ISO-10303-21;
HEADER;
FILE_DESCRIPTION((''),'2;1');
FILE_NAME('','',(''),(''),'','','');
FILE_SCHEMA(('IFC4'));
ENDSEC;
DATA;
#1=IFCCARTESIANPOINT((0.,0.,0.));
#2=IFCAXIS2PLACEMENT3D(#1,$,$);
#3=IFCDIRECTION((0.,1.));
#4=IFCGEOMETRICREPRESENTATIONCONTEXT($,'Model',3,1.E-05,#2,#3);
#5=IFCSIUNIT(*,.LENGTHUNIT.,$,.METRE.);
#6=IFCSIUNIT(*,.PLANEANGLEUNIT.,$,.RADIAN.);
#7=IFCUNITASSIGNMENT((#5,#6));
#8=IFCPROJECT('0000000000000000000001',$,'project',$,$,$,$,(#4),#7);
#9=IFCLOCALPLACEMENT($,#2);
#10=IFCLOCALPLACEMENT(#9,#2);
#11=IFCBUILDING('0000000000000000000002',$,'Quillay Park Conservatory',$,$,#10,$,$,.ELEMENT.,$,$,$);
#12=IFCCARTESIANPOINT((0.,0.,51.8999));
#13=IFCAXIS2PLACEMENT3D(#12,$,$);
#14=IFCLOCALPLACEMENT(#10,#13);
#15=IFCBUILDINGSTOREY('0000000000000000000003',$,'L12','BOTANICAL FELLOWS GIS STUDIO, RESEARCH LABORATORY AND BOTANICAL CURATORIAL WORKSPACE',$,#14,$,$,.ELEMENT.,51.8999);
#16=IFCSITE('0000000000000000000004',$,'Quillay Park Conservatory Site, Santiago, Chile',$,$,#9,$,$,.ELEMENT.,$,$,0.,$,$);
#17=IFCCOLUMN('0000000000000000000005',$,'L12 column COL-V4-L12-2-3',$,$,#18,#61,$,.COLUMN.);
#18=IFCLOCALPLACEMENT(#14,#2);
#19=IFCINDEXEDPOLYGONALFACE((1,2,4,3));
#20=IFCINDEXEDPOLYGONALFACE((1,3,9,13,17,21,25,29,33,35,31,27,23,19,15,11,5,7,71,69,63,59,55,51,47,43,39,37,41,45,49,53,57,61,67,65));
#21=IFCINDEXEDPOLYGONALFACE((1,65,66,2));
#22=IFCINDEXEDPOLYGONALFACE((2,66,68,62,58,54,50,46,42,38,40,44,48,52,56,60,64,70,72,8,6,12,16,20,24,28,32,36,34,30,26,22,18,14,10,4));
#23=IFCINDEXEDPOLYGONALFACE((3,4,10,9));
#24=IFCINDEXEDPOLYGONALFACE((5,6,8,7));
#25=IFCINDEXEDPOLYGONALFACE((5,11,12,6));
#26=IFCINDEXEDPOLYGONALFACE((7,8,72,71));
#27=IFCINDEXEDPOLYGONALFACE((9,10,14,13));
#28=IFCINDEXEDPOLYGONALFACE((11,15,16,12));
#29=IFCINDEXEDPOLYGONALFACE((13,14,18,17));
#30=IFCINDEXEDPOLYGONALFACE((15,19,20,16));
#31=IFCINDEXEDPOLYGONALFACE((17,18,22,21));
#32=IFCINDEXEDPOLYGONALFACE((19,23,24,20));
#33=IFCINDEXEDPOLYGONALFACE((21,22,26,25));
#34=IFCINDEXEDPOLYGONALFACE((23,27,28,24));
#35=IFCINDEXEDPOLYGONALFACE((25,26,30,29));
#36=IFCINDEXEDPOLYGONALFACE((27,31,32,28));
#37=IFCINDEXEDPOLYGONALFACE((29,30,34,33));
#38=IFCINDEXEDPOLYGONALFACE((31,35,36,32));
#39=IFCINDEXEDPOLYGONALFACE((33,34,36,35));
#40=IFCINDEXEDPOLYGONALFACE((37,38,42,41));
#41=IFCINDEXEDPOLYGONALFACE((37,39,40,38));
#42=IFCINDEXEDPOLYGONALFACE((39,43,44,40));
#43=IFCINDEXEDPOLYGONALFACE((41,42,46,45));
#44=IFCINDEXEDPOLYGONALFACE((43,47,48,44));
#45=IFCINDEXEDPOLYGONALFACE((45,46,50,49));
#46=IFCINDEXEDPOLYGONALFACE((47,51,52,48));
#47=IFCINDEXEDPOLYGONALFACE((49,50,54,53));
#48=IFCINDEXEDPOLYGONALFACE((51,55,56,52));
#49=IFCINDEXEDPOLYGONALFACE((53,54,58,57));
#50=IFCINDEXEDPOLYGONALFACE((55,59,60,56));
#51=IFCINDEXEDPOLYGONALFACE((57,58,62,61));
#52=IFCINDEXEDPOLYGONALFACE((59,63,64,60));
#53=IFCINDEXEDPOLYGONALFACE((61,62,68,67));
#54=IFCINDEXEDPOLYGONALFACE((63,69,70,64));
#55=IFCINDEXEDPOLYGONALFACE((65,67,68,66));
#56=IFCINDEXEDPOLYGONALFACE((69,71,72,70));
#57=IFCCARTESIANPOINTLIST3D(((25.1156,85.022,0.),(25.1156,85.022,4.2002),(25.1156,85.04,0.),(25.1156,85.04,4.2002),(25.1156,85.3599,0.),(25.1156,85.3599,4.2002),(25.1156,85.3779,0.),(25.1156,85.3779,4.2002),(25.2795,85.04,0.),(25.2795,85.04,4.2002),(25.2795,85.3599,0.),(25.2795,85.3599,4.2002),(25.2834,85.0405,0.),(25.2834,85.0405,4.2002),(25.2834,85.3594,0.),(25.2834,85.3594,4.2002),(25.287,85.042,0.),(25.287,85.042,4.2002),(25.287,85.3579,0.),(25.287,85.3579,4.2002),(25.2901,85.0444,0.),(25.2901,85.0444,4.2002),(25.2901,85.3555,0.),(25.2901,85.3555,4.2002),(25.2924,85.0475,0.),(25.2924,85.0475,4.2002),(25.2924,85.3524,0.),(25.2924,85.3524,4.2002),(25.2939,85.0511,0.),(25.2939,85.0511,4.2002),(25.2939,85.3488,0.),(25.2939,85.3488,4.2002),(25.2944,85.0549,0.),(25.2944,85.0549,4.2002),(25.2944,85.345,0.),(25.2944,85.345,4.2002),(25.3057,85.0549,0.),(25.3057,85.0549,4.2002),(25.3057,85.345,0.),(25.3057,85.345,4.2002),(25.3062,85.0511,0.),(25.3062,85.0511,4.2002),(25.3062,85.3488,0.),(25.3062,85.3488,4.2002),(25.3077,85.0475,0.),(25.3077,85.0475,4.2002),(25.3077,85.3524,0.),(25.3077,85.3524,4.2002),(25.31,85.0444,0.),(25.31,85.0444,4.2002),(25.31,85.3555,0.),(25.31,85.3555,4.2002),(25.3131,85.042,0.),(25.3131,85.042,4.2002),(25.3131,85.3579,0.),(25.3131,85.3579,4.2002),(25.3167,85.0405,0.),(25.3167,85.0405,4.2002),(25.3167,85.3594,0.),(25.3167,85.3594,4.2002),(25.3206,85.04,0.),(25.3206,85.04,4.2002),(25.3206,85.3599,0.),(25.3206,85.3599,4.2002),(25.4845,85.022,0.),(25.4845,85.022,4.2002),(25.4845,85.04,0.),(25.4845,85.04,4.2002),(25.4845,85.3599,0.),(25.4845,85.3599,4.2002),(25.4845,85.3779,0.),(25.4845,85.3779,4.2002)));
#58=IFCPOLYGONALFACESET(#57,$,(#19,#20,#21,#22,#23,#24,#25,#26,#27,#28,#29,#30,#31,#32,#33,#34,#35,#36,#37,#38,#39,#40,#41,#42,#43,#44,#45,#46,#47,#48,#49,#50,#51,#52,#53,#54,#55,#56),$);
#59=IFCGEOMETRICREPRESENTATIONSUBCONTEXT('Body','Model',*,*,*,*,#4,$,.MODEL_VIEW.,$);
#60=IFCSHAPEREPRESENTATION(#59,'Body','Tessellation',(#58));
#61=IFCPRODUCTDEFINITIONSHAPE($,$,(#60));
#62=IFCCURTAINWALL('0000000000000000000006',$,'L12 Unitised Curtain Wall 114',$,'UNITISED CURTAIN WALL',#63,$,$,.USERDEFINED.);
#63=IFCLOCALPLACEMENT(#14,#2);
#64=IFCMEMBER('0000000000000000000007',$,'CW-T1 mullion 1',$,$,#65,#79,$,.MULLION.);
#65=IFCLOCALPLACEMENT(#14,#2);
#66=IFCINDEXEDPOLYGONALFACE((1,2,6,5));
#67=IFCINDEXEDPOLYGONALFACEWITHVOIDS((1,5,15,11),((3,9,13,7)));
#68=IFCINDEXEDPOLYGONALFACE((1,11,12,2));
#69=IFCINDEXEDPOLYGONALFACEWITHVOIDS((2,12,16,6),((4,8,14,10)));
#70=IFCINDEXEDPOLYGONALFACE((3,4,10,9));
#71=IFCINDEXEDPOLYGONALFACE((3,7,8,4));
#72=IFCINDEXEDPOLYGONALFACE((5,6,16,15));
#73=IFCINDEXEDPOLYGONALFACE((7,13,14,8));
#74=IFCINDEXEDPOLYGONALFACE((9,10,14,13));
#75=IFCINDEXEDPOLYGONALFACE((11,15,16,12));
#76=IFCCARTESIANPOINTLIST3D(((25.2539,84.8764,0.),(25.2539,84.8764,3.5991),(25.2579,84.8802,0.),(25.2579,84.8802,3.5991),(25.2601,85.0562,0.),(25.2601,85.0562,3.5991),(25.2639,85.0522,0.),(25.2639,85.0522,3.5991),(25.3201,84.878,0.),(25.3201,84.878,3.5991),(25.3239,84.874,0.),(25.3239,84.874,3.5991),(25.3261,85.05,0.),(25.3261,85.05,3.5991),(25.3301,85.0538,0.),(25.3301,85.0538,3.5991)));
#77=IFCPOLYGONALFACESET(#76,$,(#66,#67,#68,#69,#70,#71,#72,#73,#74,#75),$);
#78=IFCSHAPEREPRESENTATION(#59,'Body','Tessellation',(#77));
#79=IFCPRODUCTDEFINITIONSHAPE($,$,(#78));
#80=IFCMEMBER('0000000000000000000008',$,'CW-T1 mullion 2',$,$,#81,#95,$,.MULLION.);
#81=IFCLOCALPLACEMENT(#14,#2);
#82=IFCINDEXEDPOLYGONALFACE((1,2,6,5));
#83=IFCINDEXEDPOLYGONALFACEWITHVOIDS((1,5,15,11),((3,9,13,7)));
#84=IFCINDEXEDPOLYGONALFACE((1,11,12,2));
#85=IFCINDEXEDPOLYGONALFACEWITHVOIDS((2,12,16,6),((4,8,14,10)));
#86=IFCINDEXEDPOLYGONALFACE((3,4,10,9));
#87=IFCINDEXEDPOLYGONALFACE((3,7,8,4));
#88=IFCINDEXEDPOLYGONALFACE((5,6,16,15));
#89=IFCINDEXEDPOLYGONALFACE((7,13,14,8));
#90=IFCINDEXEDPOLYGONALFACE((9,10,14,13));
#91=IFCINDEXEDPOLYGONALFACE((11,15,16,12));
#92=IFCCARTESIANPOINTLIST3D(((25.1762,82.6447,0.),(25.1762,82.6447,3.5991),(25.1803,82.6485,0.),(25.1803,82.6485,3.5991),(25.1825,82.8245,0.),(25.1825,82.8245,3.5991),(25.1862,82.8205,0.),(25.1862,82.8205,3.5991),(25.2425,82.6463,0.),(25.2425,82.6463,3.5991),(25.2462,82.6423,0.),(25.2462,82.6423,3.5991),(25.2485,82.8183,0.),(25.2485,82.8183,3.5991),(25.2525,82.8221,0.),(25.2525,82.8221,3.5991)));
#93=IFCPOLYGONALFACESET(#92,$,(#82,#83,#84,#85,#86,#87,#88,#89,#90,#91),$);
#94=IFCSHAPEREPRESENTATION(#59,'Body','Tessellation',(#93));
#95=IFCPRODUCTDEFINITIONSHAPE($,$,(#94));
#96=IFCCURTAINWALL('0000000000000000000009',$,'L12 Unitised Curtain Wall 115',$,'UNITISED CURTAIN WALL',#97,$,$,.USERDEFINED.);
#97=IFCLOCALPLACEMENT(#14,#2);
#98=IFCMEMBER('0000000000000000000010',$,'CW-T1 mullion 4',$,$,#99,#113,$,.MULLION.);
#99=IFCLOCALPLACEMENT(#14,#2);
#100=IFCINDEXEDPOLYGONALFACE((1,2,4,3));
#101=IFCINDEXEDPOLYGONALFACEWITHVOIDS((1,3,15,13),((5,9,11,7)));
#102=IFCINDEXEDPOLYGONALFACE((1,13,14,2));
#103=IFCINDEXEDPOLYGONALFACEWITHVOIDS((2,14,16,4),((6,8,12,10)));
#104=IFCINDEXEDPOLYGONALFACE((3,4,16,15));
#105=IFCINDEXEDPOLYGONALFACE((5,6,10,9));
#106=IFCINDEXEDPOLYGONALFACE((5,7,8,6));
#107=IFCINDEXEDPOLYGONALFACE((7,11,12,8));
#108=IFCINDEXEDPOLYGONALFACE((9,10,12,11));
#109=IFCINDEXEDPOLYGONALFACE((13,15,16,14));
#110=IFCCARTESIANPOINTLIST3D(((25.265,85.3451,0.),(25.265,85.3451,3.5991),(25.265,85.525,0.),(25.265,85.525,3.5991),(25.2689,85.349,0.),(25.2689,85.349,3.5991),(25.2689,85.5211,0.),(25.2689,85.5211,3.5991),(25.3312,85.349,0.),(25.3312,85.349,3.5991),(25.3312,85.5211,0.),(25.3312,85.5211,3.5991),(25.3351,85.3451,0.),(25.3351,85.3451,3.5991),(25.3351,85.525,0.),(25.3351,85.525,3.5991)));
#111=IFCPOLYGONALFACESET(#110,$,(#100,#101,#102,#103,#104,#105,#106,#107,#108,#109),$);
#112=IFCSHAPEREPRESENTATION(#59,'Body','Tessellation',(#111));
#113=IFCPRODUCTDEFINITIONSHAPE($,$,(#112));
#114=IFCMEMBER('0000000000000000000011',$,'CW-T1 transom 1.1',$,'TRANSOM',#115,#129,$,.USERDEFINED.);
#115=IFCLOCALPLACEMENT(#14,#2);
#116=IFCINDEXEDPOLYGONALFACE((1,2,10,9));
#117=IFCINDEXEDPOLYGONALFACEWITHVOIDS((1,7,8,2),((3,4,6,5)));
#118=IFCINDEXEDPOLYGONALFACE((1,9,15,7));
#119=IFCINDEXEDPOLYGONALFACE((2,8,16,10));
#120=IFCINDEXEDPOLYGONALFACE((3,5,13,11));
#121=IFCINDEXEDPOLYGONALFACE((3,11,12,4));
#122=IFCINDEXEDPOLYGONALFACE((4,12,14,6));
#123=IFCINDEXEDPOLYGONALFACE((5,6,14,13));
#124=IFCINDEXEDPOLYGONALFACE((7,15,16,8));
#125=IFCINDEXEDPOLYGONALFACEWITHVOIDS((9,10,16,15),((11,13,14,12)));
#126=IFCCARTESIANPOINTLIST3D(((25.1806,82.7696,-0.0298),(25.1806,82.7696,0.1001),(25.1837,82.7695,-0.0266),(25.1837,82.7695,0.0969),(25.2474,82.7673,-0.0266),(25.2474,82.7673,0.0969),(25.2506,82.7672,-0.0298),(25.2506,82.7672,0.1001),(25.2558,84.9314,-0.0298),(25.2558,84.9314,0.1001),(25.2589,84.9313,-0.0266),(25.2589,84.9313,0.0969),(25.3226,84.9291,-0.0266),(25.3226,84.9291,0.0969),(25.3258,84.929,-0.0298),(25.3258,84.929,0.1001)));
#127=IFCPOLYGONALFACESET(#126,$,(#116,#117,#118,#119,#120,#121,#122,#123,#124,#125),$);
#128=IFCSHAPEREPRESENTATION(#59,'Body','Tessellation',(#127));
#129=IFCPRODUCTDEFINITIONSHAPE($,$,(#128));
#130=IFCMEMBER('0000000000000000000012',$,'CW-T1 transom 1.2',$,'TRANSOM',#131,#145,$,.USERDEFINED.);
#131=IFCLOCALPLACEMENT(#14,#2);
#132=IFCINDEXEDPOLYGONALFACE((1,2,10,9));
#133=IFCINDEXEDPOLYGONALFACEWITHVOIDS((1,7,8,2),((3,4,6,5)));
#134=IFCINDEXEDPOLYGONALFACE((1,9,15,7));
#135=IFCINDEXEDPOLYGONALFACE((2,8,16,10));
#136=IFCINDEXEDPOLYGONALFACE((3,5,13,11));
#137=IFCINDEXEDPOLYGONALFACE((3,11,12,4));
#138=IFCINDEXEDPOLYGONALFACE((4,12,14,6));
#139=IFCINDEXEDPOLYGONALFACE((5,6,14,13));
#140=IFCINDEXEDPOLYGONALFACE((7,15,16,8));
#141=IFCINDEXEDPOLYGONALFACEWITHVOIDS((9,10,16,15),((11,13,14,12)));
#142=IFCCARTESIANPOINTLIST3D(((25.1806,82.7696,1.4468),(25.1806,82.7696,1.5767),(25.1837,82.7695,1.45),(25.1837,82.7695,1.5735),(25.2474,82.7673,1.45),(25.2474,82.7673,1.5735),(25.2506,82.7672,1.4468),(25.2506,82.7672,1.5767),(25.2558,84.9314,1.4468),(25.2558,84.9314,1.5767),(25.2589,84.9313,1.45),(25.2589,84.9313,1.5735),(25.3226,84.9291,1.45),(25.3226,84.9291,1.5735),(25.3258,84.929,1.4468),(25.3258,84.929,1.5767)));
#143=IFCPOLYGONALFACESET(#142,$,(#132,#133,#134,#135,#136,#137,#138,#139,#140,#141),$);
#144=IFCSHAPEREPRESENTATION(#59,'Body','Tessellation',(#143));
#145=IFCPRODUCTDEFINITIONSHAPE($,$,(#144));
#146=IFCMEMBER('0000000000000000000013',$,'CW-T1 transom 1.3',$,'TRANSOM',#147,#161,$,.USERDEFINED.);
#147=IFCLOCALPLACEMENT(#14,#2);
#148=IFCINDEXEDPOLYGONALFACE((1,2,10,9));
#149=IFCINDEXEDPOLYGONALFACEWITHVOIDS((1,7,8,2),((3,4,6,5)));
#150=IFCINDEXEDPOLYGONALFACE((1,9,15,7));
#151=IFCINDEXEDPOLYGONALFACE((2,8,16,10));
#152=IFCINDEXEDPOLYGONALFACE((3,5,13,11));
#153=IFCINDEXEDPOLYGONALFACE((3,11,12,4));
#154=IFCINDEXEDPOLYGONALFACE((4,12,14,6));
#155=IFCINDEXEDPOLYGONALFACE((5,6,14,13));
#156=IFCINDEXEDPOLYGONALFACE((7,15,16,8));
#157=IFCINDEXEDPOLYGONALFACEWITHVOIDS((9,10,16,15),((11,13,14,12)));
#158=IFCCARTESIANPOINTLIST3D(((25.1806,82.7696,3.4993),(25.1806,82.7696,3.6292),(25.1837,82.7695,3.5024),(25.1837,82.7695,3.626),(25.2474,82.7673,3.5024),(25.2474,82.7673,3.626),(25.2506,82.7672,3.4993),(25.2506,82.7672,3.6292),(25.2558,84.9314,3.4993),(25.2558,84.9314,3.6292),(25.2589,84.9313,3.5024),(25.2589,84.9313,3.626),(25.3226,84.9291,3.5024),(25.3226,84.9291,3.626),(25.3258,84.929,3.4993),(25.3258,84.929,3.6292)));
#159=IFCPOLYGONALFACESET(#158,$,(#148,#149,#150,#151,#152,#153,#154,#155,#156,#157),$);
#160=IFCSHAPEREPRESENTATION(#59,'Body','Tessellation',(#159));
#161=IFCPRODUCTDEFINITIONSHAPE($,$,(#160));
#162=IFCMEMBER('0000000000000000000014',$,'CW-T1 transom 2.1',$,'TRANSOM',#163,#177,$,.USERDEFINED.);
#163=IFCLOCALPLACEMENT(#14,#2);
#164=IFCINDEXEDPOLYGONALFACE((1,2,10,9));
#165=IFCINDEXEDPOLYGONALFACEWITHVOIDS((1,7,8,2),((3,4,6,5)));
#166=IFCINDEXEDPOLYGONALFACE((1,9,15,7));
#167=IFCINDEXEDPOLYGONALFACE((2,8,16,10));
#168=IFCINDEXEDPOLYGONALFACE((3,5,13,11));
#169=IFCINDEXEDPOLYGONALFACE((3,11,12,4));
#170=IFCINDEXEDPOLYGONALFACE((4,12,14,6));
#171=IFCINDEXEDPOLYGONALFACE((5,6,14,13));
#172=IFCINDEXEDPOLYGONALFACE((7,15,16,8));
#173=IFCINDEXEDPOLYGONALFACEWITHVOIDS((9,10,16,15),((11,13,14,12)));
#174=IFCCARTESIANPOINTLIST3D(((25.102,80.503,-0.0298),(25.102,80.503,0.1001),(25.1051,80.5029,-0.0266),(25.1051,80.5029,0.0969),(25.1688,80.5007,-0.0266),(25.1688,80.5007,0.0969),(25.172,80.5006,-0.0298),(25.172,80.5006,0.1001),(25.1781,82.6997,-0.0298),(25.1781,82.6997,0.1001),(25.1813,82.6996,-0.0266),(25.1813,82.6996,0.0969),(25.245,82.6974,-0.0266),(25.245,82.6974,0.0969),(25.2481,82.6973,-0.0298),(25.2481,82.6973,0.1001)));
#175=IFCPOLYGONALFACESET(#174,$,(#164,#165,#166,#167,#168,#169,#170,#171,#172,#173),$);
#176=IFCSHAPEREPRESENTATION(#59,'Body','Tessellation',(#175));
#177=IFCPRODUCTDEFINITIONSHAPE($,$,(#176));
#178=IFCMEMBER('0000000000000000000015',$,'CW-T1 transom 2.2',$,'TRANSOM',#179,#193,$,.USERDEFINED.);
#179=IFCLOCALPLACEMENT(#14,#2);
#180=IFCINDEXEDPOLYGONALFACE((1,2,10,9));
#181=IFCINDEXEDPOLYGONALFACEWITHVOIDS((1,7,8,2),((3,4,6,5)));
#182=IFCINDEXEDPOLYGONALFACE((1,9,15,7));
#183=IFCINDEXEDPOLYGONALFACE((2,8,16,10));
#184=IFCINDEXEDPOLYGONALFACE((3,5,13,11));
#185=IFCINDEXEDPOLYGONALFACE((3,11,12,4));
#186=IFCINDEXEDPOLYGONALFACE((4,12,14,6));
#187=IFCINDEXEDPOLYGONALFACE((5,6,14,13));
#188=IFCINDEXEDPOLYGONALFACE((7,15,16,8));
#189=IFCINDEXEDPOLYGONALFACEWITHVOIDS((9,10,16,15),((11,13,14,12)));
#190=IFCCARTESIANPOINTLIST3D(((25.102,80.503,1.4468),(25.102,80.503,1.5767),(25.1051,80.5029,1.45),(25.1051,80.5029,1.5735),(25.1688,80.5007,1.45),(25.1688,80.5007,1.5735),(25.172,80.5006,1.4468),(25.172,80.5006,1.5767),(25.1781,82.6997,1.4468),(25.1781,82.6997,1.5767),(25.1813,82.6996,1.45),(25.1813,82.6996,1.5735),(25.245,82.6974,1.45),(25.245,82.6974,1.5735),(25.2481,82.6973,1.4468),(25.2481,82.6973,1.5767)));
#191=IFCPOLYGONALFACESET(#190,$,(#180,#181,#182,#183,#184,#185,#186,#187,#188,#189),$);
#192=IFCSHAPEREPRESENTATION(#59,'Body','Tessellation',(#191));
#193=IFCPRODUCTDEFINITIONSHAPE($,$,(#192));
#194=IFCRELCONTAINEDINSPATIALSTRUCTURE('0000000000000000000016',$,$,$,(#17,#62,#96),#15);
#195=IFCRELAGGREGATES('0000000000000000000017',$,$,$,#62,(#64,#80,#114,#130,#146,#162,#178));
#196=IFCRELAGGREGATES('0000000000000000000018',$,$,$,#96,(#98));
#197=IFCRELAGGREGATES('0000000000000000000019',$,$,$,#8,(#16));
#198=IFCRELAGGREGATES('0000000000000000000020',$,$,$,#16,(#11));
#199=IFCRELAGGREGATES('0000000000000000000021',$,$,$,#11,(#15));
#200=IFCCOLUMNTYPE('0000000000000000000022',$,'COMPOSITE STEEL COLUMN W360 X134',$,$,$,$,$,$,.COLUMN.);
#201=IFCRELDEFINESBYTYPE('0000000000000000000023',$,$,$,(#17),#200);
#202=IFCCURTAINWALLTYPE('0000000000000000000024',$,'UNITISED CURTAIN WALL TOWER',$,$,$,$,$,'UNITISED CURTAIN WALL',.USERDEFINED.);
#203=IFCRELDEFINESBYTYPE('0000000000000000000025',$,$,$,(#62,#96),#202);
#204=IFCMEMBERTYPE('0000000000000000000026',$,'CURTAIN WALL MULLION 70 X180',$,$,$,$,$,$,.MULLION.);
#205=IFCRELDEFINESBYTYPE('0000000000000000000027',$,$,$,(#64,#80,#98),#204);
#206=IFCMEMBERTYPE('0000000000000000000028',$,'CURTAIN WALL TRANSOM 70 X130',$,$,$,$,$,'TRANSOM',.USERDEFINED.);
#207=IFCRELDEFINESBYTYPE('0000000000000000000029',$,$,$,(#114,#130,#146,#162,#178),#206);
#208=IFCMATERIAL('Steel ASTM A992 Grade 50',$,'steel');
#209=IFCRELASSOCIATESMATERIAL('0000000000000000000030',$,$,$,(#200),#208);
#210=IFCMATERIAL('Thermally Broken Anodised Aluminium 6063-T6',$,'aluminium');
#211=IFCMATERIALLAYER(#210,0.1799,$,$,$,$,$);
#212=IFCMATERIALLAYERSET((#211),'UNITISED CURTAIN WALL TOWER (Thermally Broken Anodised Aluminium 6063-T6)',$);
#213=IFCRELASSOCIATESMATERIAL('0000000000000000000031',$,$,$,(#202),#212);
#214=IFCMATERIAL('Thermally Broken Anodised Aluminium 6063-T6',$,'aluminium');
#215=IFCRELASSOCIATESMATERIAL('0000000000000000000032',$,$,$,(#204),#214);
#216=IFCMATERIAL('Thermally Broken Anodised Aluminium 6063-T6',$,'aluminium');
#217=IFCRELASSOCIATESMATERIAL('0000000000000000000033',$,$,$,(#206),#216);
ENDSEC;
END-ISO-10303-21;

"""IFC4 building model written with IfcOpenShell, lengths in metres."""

from ifc_helpers import new_model, si_unit, direction, frame, origin, origin_2d, place, context, subcontext, project, spatial, hollow_rectangle, i_section, extrude, material, layer, layer_set, material_profile, profile_set, type_object, element, aggregate, save


model = new_model("IFC4")

# Units and contexts
model_context = context("Model", 3, precision=1e-05, world=origin(), true_north=direction((0.0, 1.0)))
body_context = subcontext(model_context, "Body", "Model", "MODEL_VIEW")
ifc_project = project(units=[si_unit("LENGTHUNIT", "METRE"), si_unit("PLANEANGLEUNIT", "RADIAN")], contexts=[model_context])

# Site, building, storey
site_placement = place(None, origin())
site = spatial("IfcSite", under=ifc_project, at=site_placement, Name="Quillay Park Conservatory Site, Santiago, Chile", CompositionType="ELEMENT", RefElevation=0.0)
building_placement = place(site_placement, origin())
building = spatial("IfcBuilding", under=site, at=building_placement, Name="Quillay Park Conservatory", CompositionType="ELEMENT")
storey_placement = place(building_placement, frame((0.0, 0.0, 51.8999)))
storey = spatial("IfcBuildingStorey", under=building, at=storey_placement, Name="L12", Description="BOTANICAL FELLOWS GIS STUDIO, RESEARCH LABORATORY AND BOTANICAL CURATORIAL WORKSPACE", CompositionType="ELEMENT", Elevation=51.8999)

# Column
ifc_material_1 = material(Name="Steel ASTM A992 Grade 50", Category="steel")
ifc_material_profile_1 = material_profile(ifc_material_1, i_section(OverallWidth=0.3689, OverallDepth=0.356, WebThickness=0.0112, FlangeThickness=0.0181, FilletRadius=0.0149, at=origin_2d()), Name="W360x134")
ifc_profile_set_1 = profile_set([ifc_material_profile_1], Name="Steel ASTM A992 Grade 50")
column_type = type_object("IfcColumnType", Name="COMPOSITE STEEL COLUMN W360 X134", PredefinedType="COLUMN", material=ifc_profile_set_1)
column_placement = place(storey_placement, frame((25.3, 85.2, 0.0), z_axis=(0.0, 0.0, 1.0), x_axis=(1.0, 0.0, 0.0)))
element("IfcColumn", 1, at=column_placement, inside=storey, type_object=column_type, Name="L12 column COL-V4-L12-2-3", PredefinedType="COLUMN", context=body_context, shape_type="SweptSolid", body=[
    extrude(i_section(OverallWidth=0.3689, OverallDepth=0.356, WebThickness=0.0112, FlangeThickness=0.0181, FilletRadius=0.0149, at=origin_2d()), origin(), (0.0, 0.0, 1.0), 4.2002),
])

# Curtain wall, members
ifc_material_2 = material(Name="Thermally Broken Anodised Aluminium 6063-T6", Category="aluminium")
ifc_layer_1 = layer(ifc_material_2, 0.1799)
ifc_layer_set_1 = layer_set([ifc_layer_1], Name="UNITISED CURTAIN WALL TOWER (Thermally Broken Anodised Aluminium 6063-T6)")
curtain_wall_type = type_object("IfcCurtainWallType", Name="UNITISED CURTAIN WALL TOWER", ElementType="UNITISED CURTAIN WALL", PredefinedType="USERDEFINED", material=ifc_layer_set_1)
curtain_wall_1_placement = place(storey_placement, origin())
curtain_wall_1 = element("IfcCurtainWall", 2, at=curtain_wall_1_placement, inside=storey, type_object=curtain_wall_type, Name="L12 Unitised Curtain Wall 114", ObjectType="UNITISED CURTAIN WALL", PredefinedType="USERDEFINED")
ifc_material_3 = material(Name="Thermally Broken Anodised Aluminium 6063-T6", Category="aluminium")
ifc_material_profile_2 = material_profile(ifc_material_3, hollow_rectangle(XDim=0.0701, YDim=0.1799, WallThickness=0.0039, at=origin_2d()), Name="AL70x180x4")
ifc_profile_set_2 = profile_set([ifc_material_profile_2], Name="Thermally Broken Anodised Aluminium 6063-T6")
member_type_1 = type_object("IfcMemberType", Name="CURTAIN WALL MULLION 70 X180", PredefinedType="MULLION", material=ifc_profile_set_2)
member_1_placement = place(storey_placement, frame((25.292, 84.9651, 0.0), z_axis=(0.0, 0.0, 1.0), x_axis=(0.999397, -0.034713, 0.0)))
member_1 = element("IfcMember", 3, at=member_1_placement, type_object=member_type_1, Name="CW-T1 mullion 1", PredefinedType="MULLION", context=body_context, shape_type="SweptSolid", body=[
    extrude(hollow_rectangle(XDim=0.0701, YDim=0.1799, WallThickness=0.0039, at=origin_2d()), origin(), (0.0, 0.0, 1.0), 3.5991),
])
member_2_placement = place(storey_placement, frame((25.2144, 82.7334, 0.0), z_axis=(0.0, 0.0, 1.0), x_axis=(0.999397, -0.034713, 0.0)))
member_2 = element("IfcMember", 4, at=member_2_placement, type_object=member_type_1, Name="CW-T1 mullion 2", PredefinedType="MULLION", context=body_context, shape_type="SweptSolid", body=[
    extrude(hollow_rectangle(XDim=0.0701, YDim=0.1799, WallThickness=0.0039, at=origin_2d()), origin(), (0.0, 0.0, 1.0), 3.5991),
])

# Curtain wall, member
curtain_wall_2_placement = place(storey_placement, origin())
curtain_wall_2 = element("IfcCurtainWall", 5, at=curtain_wall_2_placement, inside=storey, type_object=curtain_wall_type, Name="L12 Unitised Curtain Wall 115", ObjectType="UNITISED CURTAIN WALL", PredefinedType="USERDEFINED")
member_3_placement = place(storey_placement, frame((25.3, 85.4351, 0.0), z_axis=(0.0, 0.0, 1.0), x_axis=(1.0, 0.0, 0.0)))
member_3 = element("IfcMember", 6, at=member_3_placement, type_object=member_type_1, Name="CW-T1 mullion 4", PredefinedType="MULLION", context=body_context, shape_type="SweptSolid", body=[
    extrude(hollow_rectangle(XDim=0.0701, YDim=0.1799, WallThickness=0.0039, at=origin_2d()), origin(), (0.0, 0.0, 1.0), 3.5991),
])

# Members
ifc_material_4 = material(Name="Thermally Broken Anodised Aluminium 6063-T6", Category="aluminium")
ifc_material_profile_3 = material_profile(ifc_material_4, hollow_rectangle(XDim=0.0701, YDim=0.1299, WallThickness=0.0032, at=origin_2d()), Name="AL70x130x3.2")
ifc_profile_set_3 = profile_set([ifc_material_profile_3], Name="Thermally Broken Anodised Aluminium 6063-T6")
member_type_2 = type_object("IfcMemberType", Name="CURTAIN WALL TRANSOM 70 X130", ElementType="TRANSOM", PredefinedType="USERDEFINED", material=ifc_profile_set_3)
member_4_placement = place(storey_placement, frame((25.2908, 84.9302, 0.0352), z_axis=(-0.034762, -0.999396, 0.0), x_axis=(0.999396, -0.034762, 0.0)))
member_4 = element("IfcMember", 7, at=member_4_placement, type_object=member_type_2, Name="CW-T1 transom 1.1", ObjectType="TRANSOM", PredefinedType="USERDEFINED", context=body_context, shape_type="SweptSolid", body=[
    extrude(hollow_rectangle(XDim=0.0701, YDim=0.1299, WallThickness=0.0032, at=origin_2d()), origin(), (0.0, 0.0, 1.0), 2.1631),
])
member_5_placement = place(storey_placement, frame((25.2908, 84.9302, 1.5117), z_axis=(-0.034762, -0.999396, 0.0), x_axis=(0.999396, -0.034762, 0.0)))
member_5 = element("IfcMember", 8, at=member_5_placement, type_object=member_type_2, Name="CW-T1 transom 1.2", ObjectType="TRANSOM", PredefinedType="USERDEFINED", context=body_context, shape_type="SweptSolid", body=[
    extrude(hollow_rectangle(XDim=0.0701, YDim=0.1299, WallThickness=0.0032, at=origin_2d()), origin(), (0.0, 0.0, 1.0), 2.1631),
])
member_6_placement = place(storey_placement, frame((25.2908, 84.9302, 3.5642), z_axis=(-0.034762, -0.999396, 0.0), x_axis=(0.999396, -0.034762, 0.0)))
member_6 = element("IfcMember", 9, at=member_6_placement, type_object=member_type_2, Name="CW-T1 transom 1.3", ObjectType="TRANSOM", PredefinedType="USERDEFINED", context=body_context, shape_type="SweptSolid", body=[
    extrude(hollow_rectangle(XDim=0.0701, YDim=0.1299, WallThickness=0.0032, at=origin_2d()), origin(), (0.0, 0.0, 1.0), 2.1631),
])
member_7_placement = place(storey_placement, frame((25.2131, 82.6985, 0.0352), z_axis=(-0.034654, -0.999399, 0.0), x_axis=(0.999399, -0.034654, 0.0)))
member_7 = element("IfcMember", 10, at=member_7_placement, type_object=member_type_2, Name="CW-T1 transom 2.1", ObjectType="TRANSOM", PredefinedType="USERDEFINED", context=body_context, shape_type="SweptSolid", body=[
    extrude(hollow_rectangle(XDim=0.0701, YDim=0.1299, WallThickness=0.0032, at=origin_2d()), origin(), (0.0, 0.0, 1.0), 2.198),
])
member_8_placement = place(storey_placement, frame((25.2131, 82.6985, 1.5117), z_axis=(-0.034654, -0.999399, 0.0), x_axis=(0.999399, -0.034654, 0.0)))
member_8 = element("IfcMember", 11, at=member_8_placement, type_object=member_type_2, Name="CW-T1 transom 2.2", ObjectType="TRANSOM", PredefinedType="USERDEFINED", context=body_context, shape_type="SweptSolid", body=[
    extrude(hollow_rectangle(XDim=0.0701, YDim=0.1299, WallThickness=0.0032, at=origin_2d()), origin(), (0.0, 0.0, 1.0), 2.198),
])

aggregate(curtain_wall_1, [member_1, member_2, member_4, member_5, member_6, member_7, member_8])
aggregate(curtain_wall_2, [member_3])

save(model, "model.ifc")
